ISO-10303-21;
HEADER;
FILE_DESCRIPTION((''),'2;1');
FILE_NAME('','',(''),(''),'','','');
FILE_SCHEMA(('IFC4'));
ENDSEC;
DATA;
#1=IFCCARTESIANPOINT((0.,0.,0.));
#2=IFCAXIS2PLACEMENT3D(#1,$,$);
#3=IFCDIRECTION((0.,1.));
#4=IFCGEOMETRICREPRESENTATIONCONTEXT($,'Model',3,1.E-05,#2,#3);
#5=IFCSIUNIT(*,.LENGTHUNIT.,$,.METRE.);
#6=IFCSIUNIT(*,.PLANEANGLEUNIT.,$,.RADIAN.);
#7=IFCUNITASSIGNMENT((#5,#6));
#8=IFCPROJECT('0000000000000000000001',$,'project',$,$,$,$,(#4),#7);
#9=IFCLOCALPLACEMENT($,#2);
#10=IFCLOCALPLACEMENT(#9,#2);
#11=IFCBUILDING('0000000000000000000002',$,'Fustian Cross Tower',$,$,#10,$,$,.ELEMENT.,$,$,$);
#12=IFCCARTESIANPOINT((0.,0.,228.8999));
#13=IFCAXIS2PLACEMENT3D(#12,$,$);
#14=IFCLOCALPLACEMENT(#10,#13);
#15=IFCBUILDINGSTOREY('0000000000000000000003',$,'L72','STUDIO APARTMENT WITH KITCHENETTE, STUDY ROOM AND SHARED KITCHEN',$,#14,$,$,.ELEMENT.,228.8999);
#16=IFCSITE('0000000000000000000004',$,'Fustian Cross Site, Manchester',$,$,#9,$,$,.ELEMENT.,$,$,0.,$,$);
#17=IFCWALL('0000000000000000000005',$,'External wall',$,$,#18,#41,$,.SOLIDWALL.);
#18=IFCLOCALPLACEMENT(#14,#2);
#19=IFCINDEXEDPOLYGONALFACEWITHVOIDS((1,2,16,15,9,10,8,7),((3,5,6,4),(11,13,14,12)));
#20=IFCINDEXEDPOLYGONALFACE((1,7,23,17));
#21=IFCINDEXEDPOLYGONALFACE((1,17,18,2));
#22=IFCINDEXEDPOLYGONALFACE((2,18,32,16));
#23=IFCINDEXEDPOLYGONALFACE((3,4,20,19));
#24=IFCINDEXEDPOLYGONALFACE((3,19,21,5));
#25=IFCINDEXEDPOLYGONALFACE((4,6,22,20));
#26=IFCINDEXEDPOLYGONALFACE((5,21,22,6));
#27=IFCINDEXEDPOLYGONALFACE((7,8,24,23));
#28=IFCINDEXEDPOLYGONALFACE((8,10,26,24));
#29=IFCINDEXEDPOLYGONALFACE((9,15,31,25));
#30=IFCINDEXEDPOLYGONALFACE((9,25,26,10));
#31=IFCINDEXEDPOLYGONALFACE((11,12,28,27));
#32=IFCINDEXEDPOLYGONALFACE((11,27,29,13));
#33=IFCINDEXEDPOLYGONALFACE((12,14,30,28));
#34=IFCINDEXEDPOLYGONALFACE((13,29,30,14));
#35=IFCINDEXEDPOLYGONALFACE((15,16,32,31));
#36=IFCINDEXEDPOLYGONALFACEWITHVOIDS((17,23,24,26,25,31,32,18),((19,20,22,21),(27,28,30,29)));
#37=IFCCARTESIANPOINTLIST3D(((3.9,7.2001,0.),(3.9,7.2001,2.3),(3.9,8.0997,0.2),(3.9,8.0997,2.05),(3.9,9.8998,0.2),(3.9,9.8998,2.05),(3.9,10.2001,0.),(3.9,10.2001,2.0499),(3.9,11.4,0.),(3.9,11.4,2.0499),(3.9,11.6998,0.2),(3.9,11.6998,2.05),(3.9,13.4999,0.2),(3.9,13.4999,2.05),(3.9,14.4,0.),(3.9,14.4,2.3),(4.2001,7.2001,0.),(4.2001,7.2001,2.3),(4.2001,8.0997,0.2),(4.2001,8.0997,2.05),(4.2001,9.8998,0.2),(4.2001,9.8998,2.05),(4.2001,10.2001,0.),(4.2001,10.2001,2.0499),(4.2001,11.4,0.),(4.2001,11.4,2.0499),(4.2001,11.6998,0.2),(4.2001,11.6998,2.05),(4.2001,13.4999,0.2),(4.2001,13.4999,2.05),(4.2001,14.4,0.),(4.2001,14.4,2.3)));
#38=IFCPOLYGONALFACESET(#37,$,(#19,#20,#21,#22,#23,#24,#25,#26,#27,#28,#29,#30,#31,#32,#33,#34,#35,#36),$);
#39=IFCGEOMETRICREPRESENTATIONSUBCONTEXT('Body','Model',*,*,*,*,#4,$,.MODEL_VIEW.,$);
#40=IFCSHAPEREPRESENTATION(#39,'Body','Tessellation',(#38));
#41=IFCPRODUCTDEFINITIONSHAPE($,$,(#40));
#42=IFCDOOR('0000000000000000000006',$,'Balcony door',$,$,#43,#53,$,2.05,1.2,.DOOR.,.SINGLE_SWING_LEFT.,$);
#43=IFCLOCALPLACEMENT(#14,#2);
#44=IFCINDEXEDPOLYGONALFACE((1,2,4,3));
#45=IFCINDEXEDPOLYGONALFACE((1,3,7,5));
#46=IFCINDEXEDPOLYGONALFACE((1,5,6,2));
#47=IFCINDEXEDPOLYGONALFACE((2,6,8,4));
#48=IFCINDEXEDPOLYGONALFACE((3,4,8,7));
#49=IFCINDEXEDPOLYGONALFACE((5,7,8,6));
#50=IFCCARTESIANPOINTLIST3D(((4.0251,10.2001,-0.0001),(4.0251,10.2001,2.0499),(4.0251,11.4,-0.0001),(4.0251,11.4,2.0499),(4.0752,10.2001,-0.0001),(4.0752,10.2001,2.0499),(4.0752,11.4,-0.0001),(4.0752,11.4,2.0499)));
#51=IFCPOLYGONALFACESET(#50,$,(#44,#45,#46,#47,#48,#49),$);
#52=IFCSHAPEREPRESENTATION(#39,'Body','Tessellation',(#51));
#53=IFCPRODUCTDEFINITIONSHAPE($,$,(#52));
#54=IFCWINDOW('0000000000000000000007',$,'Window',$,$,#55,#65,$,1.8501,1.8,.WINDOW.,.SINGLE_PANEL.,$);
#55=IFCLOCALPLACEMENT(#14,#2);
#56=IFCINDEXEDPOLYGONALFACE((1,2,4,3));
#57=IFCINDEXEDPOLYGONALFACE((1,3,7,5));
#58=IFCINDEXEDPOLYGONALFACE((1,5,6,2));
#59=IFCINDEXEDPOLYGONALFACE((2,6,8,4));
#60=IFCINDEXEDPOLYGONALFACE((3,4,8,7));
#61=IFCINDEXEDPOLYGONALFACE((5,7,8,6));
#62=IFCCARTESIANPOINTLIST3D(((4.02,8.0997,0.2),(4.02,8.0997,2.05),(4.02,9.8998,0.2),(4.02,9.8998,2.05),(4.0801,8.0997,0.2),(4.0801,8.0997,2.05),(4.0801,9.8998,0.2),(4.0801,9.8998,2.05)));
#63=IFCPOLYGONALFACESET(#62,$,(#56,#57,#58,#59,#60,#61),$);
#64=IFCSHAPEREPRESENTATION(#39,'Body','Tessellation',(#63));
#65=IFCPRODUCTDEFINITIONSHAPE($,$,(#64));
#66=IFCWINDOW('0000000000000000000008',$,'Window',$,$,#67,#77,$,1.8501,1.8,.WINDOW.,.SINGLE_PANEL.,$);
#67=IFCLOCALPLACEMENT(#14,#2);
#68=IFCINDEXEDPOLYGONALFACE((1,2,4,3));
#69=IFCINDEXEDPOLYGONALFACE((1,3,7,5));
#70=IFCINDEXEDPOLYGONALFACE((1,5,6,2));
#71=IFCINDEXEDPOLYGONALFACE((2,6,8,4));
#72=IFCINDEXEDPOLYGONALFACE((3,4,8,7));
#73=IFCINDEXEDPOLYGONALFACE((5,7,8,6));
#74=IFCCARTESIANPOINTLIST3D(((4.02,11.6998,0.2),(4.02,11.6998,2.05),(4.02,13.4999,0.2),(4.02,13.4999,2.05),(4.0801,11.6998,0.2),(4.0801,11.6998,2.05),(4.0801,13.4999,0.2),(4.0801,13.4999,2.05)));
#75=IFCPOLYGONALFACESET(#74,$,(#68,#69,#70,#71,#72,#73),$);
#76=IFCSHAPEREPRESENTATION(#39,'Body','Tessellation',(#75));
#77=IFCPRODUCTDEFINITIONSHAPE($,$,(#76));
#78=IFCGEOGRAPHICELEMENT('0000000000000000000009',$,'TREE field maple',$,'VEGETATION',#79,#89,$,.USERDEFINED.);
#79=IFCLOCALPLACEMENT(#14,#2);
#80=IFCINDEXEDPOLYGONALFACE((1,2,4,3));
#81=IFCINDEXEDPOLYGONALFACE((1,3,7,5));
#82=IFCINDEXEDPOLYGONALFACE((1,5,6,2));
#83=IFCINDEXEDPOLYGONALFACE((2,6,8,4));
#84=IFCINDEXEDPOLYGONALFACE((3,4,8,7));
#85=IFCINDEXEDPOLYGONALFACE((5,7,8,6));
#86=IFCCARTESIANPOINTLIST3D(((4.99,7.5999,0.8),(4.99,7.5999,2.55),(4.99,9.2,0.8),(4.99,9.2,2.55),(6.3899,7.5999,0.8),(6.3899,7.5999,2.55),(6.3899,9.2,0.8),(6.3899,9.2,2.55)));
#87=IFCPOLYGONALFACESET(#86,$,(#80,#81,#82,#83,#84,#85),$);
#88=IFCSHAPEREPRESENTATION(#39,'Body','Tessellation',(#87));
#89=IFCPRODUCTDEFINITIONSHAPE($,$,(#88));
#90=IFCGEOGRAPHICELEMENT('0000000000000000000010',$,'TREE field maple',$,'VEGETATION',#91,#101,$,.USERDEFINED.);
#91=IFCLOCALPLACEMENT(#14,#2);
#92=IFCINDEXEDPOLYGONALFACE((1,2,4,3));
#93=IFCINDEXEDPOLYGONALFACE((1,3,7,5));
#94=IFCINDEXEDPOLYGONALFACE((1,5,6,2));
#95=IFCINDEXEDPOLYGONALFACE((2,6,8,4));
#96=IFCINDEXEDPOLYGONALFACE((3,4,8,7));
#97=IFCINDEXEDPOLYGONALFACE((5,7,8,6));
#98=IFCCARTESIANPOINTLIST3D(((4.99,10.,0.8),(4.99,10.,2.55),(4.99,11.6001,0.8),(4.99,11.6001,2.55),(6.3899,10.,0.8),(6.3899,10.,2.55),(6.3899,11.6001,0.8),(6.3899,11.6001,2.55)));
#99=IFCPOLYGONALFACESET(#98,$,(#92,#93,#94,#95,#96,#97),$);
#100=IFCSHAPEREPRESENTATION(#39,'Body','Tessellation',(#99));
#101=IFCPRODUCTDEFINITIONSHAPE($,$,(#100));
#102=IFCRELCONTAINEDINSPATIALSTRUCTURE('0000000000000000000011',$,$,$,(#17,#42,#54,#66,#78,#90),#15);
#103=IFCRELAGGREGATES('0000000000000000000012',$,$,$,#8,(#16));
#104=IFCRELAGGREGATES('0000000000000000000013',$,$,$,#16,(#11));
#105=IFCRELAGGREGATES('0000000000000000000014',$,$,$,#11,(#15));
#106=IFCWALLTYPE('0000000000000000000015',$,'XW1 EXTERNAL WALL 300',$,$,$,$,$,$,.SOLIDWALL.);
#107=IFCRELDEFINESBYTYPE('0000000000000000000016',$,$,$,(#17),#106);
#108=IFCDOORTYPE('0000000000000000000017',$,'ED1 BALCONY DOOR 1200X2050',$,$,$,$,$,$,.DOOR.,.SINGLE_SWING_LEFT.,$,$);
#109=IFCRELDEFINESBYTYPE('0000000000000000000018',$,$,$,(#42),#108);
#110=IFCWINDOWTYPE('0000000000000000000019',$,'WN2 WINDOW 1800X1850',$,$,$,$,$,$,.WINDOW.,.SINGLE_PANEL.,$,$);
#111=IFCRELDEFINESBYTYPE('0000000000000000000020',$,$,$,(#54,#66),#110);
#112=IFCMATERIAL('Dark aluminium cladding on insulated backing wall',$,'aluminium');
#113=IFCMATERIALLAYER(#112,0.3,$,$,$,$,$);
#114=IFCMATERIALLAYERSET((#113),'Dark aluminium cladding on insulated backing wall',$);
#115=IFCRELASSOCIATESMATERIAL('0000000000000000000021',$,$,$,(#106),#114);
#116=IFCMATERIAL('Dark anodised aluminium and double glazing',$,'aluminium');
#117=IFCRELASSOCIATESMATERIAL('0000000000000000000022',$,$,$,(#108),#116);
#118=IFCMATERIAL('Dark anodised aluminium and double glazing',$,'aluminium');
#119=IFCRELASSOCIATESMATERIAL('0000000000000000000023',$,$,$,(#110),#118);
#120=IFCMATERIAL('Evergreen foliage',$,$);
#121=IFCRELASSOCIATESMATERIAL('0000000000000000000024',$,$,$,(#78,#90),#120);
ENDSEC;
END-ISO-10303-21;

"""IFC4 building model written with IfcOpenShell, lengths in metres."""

from ifc_helpers import new_model, si_unit, direction, frame, frame_2d, origin, origin_2d, place, context, subcontext, project, spatial, rectangle, extrude, material, layer, layer_set, type_object, element, fill, save


model = new_model("IFC4")

# Units and contexts
model_context = context("Model", 3, precision=1e-05, world=origin(), true_north=direction((0.0, 1.0)))
body_context = subcontext(model_context, "Body", "Model", "MODEL_VIEW")
ifc_project = project(units=[si_unit("LENGTHUNIT", "METRE"), si_unit("PLANEANGLEUNIT", "RADIAN")], contexts=[model_context])

# Site, building, storey
site_placement = place(None, origin())
site = spatial("IfcSite", under=ifc_project, at=site_placement, Name="Fustian Cross Site, Manchester", CompositionType="ELEMENT", RefElevation=0.0)
building_placement = place(site_placement, origin())
building = spatial("IfcBuilding", under=site, at=building_placement, Name="Fustian Cross Tower", CompositionType="ELEMENT")
storey_placement = place(building_placement, frame((0.0, 0.0, 228.8999)))
storey = spatial("IfcBuildingStorey", under=building, at=storey_placement, Name="L72", Description="STUDIO APARTMENT WITH KITCHENETTE, STUDY ROOM AND SHARED KITCHEN", CompositionType="ELEMENT", Elevation=228.8999)

# Wall, openings, door, windows
ifc_material_1 = material(Name="Dark aluminium cladding on insulated backing wall", Category="aluminium")
ifc_layer_1 = layer(ifc_material_1, 0.3)
ifc_layer_set_1 = layer_set([ifc_layer_1], Name="Dark aluminium cladding on insulated backing wall")
wall_type_1 = type_object("IfcWallType", Name="XW1 EXTERNAL WALL 300", PredefinedType="SOLIDWALL", material=ifc_layer_set_1)
wall_1_placement = place(storey_placement, frame((4.05, 7.2, 0.0), z_axis=(0.0, 0.0, 1.0), x_axis=(0.0, 1.0, 0.0)))
wall_1 = element("IfcWall", 1, at=wall_1_placement, inside=storey, type_object=wall_type_1, Name="External wall", PredefinedType="SOLIDWALL", context=body_context, shape_type="SweptSolid", body=[
    extrude(rectangle(XDim=7.2, YDim=0.3, at=frame_2d((3.6001, 0.0))), origin(), (0.0, 0.0, 1.0), 2.3),
])
opening_1_placement = place(wall_1_placement, frame((3.0, 0.0, 0.0)))
opening_1 = element("IfcOpeningElement", 2, at=opening_1_placement, cuts=wall_1, PredefinedType="OPENING", context=body_context, shape_type="SweptSolid", body=[
    extrude(rectangle(XDim=1.2, YDim=2.05, at=frame_2d((0.6001, 1.0249))), frame((0.0, 0.1599, 0.0), z_axis=(0.0, -1.0, 0.0), x_axis=(1.0, 0.0, 0.0)), (0.0, 0.0, 1.0), 0.3201),
])
opening_2_placement = place(wall_1_placement, frame((0.8999, 0.0, 0.2)))
opening_2 = element("IfcOpeningElement", 3, at=opening_2_placement, cuts=wall_1, PredefinedType="OPENING", context=body_context, shape_type="SweptSolid", body=[
    extrude(rectangle(XDim=1.8, YDim=1.8501, at=frame_2d((0.8999, 0.925))), frame((0.0, 0.1599, 0.0), z_axis=(0.0, -1.0, 0.0), x_axis=(1.0, 0.0, 0.0)), (0.0, 0.0, 1.0), 0.3201),
])
opening_3_placement = place(wall_1_placement, frame((4.5, 0.0, 0.2)))
opening_3 = element("IfcOpeningElement", 4, at=opening_3_placement, cuts=wall_1, PredefinedType="OPENING", context=body_context, shape_type="SweptSolid", body=[
    extrude(rectangle(XDim=1.8, YDim=1.8501, at=frame_2d((0.8999, 0.925))), frame((0.0, 0.1599, 0.0), z_axis=(0.0, -1.0, 0.0), x_axis=(1.0, 0.0, 0.0)), (0.0, 0.0, 1.0), 0.3201),
])
ifc_material_2 = material(Name="Dark anodised aluminium and double glazing", Category="aluminium")
door_type_1 = type_object("IfcDoorType", Name="ED1 BALCONY DOOR 1200X2050", OperationType="SINGLE_SWING_LEFT", PredefinedType="DOOR", material=ifc_material_2)
door_1_placement = place(opening_1_placement, origin())
door_1 = element("IfcDoor", 5, at=door_1_placement, inside=storey, type_object=door_type_1, Name="Balcony door", OperationType="SINGLE_SWING_LEFT", OverallHeight=2.05, OverallWidth=1.2, PredefinedType="DOOR", context=body_context, shape_type="SweptSolid", body=[
    extrude(rectangle(XDim=1.2, YDim=2.05, at=frame_2d((0.6001, 1.0249))), frame((0.0, 0.0249, 0.0), z_axis=(0.0, -1.0, 0.0), x_axis=(1.0, 0.0, 0.0)), (0.0, 0.0, 1.0), 0.05),
])
fill(opening_1, door_1)
ifc_material_3 = material(Name="Dark anodised aluminium and double glazing", Category="aluminium")
window_type = type_object("IfcWindowType", Name="WN2 WINDOW 1800X1850", PartitioningType="SINGLE_PANEL", PredefinedType="WINDOW", material=ifc_material_3)
window_1_placement = place(opening_2_placement, origin())
window_1 = element("IfcWindow", 6, at=window_1_placement, inside=storey, type_object=window_type, Name="Window", OverallHeight=1.8501, OverallWidth=1.8, PartitioningType="SINGLE_PANEL", PredefinedType="WINDOW", context=body_context, shape_type="SweptSolid", body=[
    extrude(rectangle(XDim=1.8, YDim=1.8501, at=frame_2d((0.8999, 0.925))), frame((0.0, 0.03, 0.0), z_axis=(0.0, -1.0, 0.0), x_axis=(1.0, 0.0, 0.0)), (0.0, 0.0, 1.0), 0.0601),
])
fill(opening_2, window_1)
window_2_placement = place(opening_3_placement, origin())
window_2 = element("IfcWindow", 7, at=window_2_placement, inside=storey, type_object=window_type, Name="Window", OverallHeight=1.8501, OverallWidth=1.8, PartitioningType="SINGLE_PANEL", PredefinedType="WINDOW", context=body_context, shape_type="SweptSolid", body=[
    extrude(rectangle(XDim=1.8, YDim=1.8501, at=frame_2d((0.8999, 0.925))), frame((0.0, 0.03, 0.0), z_axis=(0.0, -1.0, 0.0), x_axis=(1.0, 0.0, 0.0)), (0.0, 0.0, 1.0), 0.0601),
])
fill(opening_3, window_2)

# Geographic elements
ifc_material_4 = material(Name="Evergreen foliage")
for number, where, z_axis, x_axis, name in (
    (8, (5.6899, 8.3999, 0.8), (0.0, 0.0, 1.0), (1.0, 0.0, 0.0), "TREE field maple"),
    (9, (5.6899, 10.8, 0.8), (0.0, 0.0, 1.0), (1.0, 0.0, 0.0), "TREE field maple"),
):
    element("IfcGeographicElement", number, at=place(storey_placement, frame(where, z_axis=z_axis, x_axis=x_axis)), inside=storey, material=ifc_material_4, Name=name, ObjectType="VEGETATION", PredefinedType="USERDEFINED", context=body_context, shape_type="SweptSolid", body=[
        extrude(rectangle(XDim=1.3999, YDim=1.6001, at=origin_2d()), origin(), (0.0, 0.0, 1.0), 1.75),
    ])

save(model, "model.ifc")
